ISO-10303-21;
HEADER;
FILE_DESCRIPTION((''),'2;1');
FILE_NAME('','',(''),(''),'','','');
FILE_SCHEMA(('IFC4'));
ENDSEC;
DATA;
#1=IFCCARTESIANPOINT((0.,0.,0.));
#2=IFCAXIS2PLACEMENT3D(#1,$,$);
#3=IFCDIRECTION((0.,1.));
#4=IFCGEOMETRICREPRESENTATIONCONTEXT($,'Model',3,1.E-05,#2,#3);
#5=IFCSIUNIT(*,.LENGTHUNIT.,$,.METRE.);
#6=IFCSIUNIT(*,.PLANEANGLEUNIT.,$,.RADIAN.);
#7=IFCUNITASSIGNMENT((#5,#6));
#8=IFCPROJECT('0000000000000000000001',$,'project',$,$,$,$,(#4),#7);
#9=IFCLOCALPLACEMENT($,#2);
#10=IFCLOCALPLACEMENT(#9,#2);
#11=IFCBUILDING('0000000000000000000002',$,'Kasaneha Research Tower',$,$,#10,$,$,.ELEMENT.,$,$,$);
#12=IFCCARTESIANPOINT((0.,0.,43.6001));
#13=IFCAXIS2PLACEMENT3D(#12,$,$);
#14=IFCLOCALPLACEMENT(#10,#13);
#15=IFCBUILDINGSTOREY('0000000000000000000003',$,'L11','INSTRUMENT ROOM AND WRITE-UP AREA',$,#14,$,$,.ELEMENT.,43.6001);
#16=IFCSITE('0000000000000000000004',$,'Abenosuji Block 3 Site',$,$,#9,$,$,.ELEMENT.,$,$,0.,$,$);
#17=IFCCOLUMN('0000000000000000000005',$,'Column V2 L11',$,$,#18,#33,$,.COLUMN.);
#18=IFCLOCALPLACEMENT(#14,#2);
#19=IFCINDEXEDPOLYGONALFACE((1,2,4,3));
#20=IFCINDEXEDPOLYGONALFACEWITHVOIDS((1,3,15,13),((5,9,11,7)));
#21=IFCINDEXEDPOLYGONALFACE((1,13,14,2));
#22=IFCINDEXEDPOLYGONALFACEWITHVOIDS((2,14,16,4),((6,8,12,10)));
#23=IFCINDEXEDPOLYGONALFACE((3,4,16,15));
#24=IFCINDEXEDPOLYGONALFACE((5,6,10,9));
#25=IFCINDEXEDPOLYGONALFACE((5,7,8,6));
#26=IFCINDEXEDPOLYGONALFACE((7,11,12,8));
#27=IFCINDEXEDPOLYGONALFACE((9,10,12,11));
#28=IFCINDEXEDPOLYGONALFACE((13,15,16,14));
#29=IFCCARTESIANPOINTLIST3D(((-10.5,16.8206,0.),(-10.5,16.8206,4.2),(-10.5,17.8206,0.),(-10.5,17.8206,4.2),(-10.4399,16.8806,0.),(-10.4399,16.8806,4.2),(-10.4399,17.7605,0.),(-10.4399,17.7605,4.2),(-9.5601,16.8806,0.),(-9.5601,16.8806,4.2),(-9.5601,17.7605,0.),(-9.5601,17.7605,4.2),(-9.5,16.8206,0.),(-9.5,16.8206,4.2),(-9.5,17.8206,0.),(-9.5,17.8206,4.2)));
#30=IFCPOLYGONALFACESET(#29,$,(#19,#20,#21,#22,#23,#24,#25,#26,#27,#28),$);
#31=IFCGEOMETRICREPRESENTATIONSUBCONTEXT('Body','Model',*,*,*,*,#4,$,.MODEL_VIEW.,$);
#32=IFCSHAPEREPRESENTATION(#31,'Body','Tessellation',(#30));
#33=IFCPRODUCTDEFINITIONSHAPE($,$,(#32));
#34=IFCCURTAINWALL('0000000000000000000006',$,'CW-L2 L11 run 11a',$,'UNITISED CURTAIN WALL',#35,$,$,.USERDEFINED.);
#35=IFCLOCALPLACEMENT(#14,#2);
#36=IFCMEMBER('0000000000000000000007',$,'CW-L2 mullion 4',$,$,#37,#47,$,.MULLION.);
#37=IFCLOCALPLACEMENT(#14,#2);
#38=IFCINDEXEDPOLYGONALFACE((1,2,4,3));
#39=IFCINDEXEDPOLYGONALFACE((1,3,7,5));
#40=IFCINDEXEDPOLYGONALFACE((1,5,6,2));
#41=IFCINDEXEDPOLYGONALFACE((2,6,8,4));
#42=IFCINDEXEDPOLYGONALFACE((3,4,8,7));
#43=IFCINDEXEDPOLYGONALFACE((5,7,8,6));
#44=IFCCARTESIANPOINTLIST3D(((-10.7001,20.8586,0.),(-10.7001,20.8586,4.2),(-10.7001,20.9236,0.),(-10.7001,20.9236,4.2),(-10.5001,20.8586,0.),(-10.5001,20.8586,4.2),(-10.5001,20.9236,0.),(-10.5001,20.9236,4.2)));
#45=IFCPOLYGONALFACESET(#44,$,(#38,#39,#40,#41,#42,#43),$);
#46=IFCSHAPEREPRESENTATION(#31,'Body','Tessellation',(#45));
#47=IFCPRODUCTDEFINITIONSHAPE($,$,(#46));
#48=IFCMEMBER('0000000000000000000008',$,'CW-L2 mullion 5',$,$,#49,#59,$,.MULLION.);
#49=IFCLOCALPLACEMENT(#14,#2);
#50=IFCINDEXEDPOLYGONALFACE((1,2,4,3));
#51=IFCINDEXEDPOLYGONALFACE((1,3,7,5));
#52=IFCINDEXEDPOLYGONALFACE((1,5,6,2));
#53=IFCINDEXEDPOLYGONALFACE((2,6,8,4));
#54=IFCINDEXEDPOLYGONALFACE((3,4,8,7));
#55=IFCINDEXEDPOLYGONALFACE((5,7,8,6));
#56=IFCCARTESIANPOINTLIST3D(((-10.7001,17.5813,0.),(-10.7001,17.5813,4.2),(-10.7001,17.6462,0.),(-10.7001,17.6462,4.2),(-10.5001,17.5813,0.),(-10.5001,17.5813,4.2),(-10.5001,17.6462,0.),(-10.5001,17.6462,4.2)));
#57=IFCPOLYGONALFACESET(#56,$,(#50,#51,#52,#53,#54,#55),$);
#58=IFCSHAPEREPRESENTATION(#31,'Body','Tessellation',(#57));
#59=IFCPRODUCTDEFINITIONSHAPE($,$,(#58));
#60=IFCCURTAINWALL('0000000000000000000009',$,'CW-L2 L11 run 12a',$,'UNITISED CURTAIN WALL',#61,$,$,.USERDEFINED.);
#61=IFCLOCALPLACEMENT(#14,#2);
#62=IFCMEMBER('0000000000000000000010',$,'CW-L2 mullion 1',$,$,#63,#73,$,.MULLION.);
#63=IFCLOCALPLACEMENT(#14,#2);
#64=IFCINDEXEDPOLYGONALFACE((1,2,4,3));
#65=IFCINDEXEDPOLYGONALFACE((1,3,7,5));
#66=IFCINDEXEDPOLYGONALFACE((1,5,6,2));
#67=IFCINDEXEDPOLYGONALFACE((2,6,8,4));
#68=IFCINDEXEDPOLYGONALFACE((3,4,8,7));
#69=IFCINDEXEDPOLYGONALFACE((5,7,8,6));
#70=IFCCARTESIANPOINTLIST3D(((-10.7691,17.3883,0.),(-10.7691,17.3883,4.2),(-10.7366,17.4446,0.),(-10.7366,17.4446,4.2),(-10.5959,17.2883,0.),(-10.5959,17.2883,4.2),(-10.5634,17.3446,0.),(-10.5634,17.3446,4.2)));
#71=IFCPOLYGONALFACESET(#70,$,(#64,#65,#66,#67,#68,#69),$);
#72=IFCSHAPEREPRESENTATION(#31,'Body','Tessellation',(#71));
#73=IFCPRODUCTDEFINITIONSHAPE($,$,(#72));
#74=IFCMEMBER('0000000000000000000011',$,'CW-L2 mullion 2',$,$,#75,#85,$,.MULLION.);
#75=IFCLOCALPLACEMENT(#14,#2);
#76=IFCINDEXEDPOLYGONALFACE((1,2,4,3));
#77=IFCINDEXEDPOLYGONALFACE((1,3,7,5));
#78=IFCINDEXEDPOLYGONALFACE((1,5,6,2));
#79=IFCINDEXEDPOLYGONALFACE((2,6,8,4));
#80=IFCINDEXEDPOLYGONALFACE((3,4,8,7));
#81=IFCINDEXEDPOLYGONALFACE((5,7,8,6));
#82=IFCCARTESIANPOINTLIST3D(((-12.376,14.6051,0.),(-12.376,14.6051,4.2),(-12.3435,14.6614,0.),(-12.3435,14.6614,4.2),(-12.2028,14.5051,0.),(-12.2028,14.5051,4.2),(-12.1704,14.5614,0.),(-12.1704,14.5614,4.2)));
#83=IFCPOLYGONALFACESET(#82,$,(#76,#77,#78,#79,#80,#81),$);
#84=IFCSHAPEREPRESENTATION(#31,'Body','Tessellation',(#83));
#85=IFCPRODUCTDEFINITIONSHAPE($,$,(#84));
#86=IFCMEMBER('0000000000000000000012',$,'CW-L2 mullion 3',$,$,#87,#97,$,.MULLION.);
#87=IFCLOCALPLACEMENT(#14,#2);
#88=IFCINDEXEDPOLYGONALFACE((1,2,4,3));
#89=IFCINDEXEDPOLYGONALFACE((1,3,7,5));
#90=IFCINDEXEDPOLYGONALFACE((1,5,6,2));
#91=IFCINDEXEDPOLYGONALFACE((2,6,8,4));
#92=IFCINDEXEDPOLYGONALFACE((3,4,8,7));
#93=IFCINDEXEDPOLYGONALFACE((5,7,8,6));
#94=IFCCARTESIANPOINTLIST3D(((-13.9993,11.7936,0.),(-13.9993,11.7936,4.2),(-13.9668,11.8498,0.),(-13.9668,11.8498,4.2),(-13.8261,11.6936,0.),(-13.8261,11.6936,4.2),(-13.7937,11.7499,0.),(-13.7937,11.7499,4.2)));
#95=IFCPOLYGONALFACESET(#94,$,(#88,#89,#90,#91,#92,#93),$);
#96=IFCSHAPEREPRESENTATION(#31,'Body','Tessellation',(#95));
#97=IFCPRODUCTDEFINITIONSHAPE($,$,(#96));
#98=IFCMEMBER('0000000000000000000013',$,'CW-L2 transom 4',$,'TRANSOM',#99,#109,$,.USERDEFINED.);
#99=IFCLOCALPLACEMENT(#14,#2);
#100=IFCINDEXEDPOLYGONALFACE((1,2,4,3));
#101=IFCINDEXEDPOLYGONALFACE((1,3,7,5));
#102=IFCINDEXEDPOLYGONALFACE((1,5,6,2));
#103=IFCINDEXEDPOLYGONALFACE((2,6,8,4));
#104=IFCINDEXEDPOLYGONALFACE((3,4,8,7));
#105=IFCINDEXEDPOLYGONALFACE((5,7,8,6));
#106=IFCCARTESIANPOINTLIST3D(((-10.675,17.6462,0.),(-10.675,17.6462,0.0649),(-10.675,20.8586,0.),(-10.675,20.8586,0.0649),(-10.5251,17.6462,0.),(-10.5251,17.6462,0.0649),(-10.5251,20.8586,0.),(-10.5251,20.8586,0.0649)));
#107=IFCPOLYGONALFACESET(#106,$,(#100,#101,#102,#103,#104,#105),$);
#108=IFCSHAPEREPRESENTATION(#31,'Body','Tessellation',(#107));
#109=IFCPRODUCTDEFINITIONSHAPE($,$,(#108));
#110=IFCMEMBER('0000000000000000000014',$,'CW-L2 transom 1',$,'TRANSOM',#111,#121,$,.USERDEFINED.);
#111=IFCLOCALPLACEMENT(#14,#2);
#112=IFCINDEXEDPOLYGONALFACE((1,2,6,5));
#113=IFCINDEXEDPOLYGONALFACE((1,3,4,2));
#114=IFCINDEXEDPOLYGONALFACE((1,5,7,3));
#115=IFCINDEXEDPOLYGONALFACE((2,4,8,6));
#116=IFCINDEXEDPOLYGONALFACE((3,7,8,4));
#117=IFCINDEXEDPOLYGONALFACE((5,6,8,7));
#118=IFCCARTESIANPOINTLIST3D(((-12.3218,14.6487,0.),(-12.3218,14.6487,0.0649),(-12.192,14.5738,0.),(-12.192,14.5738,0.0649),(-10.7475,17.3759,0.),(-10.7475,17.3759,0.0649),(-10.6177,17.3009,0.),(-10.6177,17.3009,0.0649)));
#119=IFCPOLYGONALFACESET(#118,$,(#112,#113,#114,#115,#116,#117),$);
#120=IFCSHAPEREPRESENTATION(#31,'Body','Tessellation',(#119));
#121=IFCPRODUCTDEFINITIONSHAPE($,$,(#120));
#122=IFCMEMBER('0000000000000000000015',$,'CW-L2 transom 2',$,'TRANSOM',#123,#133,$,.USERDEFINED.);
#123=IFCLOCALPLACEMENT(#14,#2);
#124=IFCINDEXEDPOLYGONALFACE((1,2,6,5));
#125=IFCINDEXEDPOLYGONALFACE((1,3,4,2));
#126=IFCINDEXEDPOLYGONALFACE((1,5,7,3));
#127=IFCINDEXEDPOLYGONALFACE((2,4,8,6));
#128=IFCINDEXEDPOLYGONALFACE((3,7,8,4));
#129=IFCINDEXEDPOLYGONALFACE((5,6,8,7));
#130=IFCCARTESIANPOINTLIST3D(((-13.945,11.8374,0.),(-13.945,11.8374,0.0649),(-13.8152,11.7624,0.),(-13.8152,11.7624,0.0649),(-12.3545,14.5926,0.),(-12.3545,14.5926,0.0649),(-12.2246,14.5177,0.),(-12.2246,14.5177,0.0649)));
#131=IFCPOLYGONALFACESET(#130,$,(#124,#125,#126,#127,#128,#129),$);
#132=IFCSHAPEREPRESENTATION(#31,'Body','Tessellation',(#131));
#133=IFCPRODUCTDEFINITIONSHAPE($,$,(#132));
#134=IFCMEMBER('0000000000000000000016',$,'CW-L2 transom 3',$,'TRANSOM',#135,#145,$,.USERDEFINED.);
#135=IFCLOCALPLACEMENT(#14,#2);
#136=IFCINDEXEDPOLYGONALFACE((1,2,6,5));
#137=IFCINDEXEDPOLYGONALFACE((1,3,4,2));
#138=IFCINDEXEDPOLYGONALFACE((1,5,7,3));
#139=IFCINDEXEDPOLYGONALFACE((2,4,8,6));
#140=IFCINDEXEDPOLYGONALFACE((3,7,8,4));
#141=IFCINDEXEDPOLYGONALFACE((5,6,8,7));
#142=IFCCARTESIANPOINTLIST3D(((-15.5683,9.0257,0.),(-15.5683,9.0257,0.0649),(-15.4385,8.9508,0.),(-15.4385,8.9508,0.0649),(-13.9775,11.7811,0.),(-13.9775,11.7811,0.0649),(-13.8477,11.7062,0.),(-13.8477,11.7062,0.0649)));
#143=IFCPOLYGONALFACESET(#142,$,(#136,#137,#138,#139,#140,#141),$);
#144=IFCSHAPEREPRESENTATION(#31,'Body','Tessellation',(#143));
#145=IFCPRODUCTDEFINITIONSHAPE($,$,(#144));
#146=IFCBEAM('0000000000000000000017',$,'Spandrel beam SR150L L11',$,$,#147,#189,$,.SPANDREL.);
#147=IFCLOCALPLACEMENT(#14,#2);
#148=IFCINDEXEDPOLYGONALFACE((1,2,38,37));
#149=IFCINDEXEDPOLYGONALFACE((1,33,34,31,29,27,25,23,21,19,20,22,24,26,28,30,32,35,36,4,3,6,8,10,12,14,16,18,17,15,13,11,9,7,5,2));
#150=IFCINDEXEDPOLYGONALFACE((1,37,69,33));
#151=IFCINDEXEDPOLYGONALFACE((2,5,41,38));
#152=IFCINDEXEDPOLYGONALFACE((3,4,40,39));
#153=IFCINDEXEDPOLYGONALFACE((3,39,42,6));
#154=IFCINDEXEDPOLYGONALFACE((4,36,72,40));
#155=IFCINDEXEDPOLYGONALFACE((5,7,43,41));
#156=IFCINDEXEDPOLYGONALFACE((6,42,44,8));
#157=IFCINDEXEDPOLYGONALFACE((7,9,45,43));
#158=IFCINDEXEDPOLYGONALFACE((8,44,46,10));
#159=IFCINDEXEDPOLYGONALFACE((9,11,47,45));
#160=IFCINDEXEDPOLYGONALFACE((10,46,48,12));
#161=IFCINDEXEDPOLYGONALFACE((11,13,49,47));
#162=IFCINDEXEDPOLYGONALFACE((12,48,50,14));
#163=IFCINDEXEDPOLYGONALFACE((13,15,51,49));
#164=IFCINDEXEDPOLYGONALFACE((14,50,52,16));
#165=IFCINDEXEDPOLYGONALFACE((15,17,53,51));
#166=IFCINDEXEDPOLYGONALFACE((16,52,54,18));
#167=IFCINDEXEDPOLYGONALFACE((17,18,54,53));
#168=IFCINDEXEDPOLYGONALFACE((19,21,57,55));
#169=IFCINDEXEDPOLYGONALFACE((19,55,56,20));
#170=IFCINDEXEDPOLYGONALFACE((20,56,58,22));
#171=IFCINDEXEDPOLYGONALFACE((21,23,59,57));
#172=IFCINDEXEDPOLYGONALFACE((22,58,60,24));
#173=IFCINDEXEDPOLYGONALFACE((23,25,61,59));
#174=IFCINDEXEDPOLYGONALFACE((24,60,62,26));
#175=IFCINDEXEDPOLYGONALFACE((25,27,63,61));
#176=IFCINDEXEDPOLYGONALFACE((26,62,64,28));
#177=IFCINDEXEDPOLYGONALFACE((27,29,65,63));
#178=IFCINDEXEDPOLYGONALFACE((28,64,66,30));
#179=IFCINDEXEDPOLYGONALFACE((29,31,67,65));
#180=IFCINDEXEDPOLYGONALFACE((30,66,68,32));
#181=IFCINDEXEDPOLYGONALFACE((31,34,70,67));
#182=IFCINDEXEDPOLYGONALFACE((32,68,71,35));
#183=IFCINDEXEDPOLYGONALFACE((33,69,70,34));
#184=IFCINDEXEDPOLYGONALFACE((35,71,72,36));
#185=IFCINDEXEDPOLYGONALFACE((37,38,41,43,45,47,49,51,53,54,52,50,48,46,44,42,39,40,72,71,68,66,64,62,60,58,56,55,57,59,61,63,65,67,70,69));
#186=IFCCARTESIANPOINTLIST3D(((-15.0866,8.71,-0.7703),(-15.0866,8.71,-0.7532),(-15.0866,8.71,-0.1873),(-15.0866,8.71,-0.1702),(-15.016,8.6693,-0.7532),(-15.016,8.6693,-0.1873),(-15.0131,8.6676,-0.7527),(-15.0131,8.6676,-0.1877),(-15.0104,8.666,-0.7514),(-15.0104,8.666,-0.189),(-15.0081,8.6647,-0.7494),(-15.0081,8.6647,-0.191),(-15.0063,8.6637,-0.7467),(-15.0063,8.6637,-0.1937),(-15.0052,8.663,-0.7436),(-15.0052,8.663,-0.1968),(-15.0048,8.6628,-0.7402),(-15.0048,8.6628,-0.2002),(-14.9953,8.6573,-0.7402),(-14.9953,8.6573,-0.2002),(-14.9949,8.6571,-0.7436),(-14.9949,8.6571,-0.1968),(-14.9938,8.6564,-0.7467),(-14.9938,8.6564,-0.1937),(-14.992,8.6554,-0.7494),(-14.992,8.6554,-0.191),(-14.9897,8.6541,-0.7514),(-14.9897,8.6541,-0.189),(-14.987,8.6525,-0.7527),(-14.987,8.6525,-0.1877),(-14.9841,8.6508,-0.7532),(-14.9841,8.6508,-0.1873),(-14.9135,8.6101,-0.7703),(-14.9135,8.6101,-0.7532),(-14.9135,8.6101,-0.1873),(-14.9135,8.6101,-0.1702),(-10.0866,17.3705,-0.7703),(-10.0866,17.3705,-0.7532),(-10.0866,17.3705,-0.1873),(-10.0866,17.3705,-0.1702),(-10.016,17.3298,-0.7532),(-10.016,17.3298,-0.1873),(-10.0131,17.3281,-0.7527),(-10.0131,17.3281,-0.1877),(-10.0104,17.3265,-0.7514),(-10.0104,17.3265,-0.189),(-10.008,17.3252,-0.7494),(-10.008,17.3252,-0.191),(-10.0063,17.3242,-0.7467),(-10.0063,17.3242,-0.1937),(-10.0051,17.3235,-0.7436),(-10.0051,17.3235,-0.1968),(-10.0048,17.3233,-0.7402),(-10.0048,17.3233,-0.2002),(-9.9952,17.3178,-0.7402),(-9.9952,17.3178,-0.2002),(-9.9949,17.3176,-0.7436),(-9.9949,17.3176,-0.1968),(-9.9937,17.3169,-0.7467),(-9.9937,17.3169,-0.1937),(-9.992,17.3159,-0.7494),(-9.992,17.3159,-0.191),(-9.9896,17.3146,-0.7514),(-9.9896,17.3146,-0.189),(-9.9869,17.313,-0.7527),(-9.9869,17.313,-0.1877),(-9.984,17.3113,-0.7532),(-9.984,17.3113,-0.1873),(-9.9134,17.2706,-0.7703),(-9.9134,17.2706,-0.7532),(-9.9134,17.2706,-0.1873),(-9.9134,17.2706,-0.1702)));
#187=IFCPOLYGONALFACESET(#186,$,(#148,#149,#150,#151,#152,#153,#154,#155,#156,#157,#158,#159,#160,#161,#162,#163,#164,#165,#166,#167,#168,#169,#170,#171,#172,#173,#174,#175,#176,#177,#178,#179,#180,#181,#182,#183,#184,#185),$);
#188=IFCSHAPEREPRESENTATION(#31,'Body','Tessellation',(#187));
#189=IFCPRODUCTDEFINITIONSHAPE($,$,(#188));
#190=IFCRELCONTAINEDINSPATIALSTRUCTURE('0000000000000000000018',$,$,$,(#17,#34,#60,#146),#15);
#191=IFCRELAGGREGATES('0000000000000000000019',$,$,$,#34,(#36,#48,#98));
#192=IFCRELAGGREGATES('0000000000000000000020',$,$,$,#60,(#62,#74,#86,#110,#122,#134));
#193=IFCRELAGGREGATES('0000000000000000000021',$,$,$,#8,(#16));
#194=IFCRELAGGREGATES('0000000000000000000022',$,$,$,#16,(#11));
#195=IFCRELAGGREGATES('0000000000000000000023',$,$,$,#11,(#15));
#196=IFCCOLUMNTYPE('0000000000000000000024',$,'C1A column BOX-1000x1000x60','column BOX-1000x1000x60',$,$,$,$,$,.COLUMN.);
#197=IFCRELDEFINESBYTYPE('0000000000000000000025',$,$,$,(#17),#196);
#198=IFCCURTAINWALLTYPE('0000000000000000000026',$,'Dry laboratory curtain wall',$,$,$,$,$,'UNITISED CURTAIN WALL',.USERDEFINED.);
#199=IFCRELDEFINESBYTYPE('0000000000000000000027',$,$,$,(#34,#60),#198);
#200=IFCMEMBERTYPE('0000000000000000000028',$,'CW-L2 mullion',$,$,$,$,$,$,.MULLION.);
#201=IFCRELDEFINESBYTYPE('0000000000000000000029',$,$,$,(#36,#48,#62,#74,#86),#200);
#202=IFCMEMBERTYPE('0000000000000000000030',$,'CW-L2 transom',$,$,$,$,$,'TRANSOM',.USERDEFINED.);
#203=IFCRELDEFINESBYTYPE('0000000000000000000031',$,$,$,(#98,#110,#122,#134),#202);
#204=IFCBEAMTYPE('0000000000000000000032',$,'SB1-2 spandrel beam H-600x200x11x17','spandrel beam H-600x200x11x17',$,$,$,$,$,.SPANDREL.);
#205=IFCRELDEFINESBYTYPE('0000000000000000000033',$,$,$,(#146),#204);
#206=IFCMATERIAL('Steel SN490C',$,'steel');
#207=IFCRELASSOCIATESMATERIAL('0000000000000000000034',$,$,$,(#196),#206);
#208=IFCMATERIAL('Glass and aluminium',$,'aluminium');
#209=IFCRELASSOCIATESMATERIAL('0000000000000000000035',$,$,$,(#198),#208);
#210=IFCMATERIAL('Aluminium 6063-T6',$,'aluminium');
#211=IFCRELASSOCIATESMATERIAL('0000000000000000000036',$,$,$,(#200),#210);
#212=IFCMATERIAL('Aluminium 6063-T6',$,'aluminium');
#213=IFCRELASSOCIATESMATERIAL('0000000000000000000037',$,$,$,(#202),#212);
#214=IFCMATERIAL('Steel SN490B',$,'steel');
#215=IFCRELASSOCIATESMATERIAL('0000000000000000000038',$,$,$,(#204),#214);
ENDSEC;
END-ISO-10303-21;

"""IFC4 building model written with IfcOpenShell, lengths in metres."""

from ifc_helpers import new_model, si_unit, direction, frame, origin, origin_2d, place, context, subcontext, project, spatial, rectangle, hollow_rectangle, i_section, extrude, material, material_profile, profile_set, type_object, element, aggregate, save


model = new_model("IFC4")

# Units and contexts
model_context = context("Model", 3, precision=1e-05, world=origin(), true_north=direction((0.0, 1.0)))
body_context = subcontext(model_context, "Body", "Model", "MODEL_VIEW")
ifc_project = project(units=[si_unit("LENGTHUNIT", "METRE"), si_unit("PLANEANGLEUNIT", "RADIAN")], contexts=[model_context])

# Site, building, storey
site_placement = place(None, origin())
site = spatial("IfcSite", under=ifc_project, at=site_placement, Name="Abenosuji Block 3 Site", CompositionType="ELEMENT", RefElevation=0.0)
building_placement = place(site_placement, origin())
building = spatial("IfcBuilding", under=site, at=building_placement, Name="Kasaneha Research Tower", CompositionType="ELEMENT")
storey_placement = place(building_placement, frame((0.0, 0.0, 43.6001)))
storey = spatial("IfcBuildingStorey", under=building, at=storey_placement, Name="L11", Description="INSTRUMENT ROOM AND WRITE-UP AREA", CompositionType="ELEMENT", Elevation=43.6001)

# Column
ifc_material_1 = material(Name="Steel SN490C", Category="steel")
ifc_material_profile_1 = material_profile(ifc_material_1, hollow_rectangle(XDim=1.0, YDim=1.0, WallThickness=0.0601, at=origin_2d()), Name="BOX-1000x1000x60")
ifc_profile_set_1 = profile_set([ifc_material_profile_1], Name="Steel SN490C")
column_type = type_object("IfcColumnType", Name="C1A column BOX-1000x1000x60", Description="column BOX-1000x1000x60", PredefinedType="COLUMN", material=ifc_profile_set_1)
column_placement = place(storey_placement, frame((-10.0, 17.3206, 0.0), z_axis=(0.0, 0.0, 1.0), x_axis=(1.0, 0.0, 0.0)))
element("IfcColumn", 1, at=column_placement, inside=storey, type_object=column_type, Name="Column V2 L11", PredefinedType="COLUMN", context=body_context, shape_type="SweptSolid", body=[
    extrude(hollow_rectangle(XDim=1.0, YDim=1.0, WallThickness=0.0601, at=origin_2d()), origin(), (0.0, 0.0, 1.0), 4.2),
])

# Curtain walls, members
ifc_material_2 = material(Name="Glass and aluminium", Category="aluminium")
curtain_wall_type = type_object("IfcCurtainWallType", Name="Dry laboratory curtain wall", ElementType="UNITISED CURTAIN WALL", PredefinedType="USERDEFINED", material=ifc_material_2)
curtain_wall_1_placement = place(storey_placement, origin())
curtain_wall_1 = element("IfcCurtainWall", 2, at=curtain_wall_1_placement, inside=storey, type_object=curtain_wall_type, Name="CW-L2 L11 run 11a", ObjectType="UNITISED CURTAIN WALL", PredefinedType="USERDEFINED")
ifc_material_3 = material(Name="Aluminium 6063-T6", Category="aluminium")
ifc_material_profile_2 = material_profile(ifc_material_3, rectangle(XDim=0.0649, YDim=0.2, at=origin_2d()), Name="CW-L2 mullion 65x200")
ifc_profile_set_2 = profile_set([ifc_material_profile_2], Name="Aluminium 6063-T6")
member_type_1 = type_object("IfcMemberType", Name="CW-L2 mullion", PredefinedType="MULLION", material=ifc_profile_set_2)
member_1_placement = place(storey_placement, frame((-10.6001, 20.8911, 0.0), z_axis=(0.0, 0.0, 1.0), x_axis=(0.0, -1.0, 0.0)))
member_1 = element("IfcMember", 3, at=member_1_placement, type_object=member_type_1, Name="CW-L2 mullion 4", PredefinedType="MULLION", context=body_context, shape_type="SweptSolid", body=[
    extrude(rectangle(XDim=0.0649, YDim=0.2, at=origin_2d()), origin(), (0.0, 0.0, 1.0), 4.2),
])
member_2_placement = place(storey_placement, frame((-10.6001, 17.6138, 0.0), z_axis=(0.0, 0.0, 1.0), x_axis=(0.0, -1.0, 0.0)))
member_2 = element("IfcMember", 4, at=member_2_placement, type_object=member_type_1, Name="CW-L2 mullion 5", PredefinedType="MULLION", context=body_context, shape_type="SweptSolid", body=[
    extrude(rectangle(XDim=0.0649, YDim=0.2, at=origin_2d()), origin(), (0.0, 0.0, 1.0), 4.2),
])
curtain_wall_2_placement = place(storey_placement, origin())
curtain_wall_2 = element("IfcCurtainWall", 5, at=curtain_wall_2_placement, inside=storey, type_object=curtain_wall_type, Name="CW-L2 L11 run 12a", ObjectType="UNITISED CURTAIN WALL", PredefinedType="USERDEFINED")
member_3_placement = place(storey_placement, frame((-10.6663, 17.3665, 0.0), z_axis=(0.0, 0.0, 1.0), x_axis=(-0.5, -0.866025, 0.0)))
member_3 = element("IfcMember", 6, at=member_3_placement, type_object=member_type_1, Name="CW-L2 mullion 1", PredefinedType="MULLION", context=body_context, shape_type="SweptSolid", body=[
    extrude(rectangle(XDim=0.0649, YDim=0.2, at=origin_2d()), origin(), (0.0, 0.0, 1.0), 4.2),
])
member_4_placement = place(storey_placement, frame((-12.2732, 14.5833, 0.0), z_axis=(0.0, 0.0, 1.0), x_axis=(-0.5, -0.866025, 0.0)))
member_4 = element("IfcMember", 7, at=member_4_placement, type_object=member_type_1, Name="CW-L2 mullion 2", PredefinedType="MULLION", context=body_context, shape_type="SweptSolid", body=[
    extrude(rectangle(XDim=0.0649, YDim=0.2, at=origin_2d()), origin(), (0.0, 0.0, 1.0), 4.2),
])
member_5_placement = place(storey_placement, frame((-13.8965, 11.7717, 0.0), z_axis=(0.0, 0.0, 1.0), x_axis=(-0.5, -0.866025, 0.0)))
member_5 = element("IfcMember", 8, at=member_5_placement, type_object=member_type_1, Name="CW-L2 mullion 3", PredefinedType="MULLION", context=body_context, shape_type="SweptSolid", body=[
    extrude(rectangle(XDim=0.0649, YDim=0.2, at=origin_2d()), origin(), (0.0, 0.0, 1.0), 4.2),
])

# Members
ifc_material_4 = material(Name="Aluminium 6063-T6", Category="aluminium")
ifc_material_profile_3 = material_profile(ifc_material_4, rectangle(XDim=0.1499, YDim=0.0649, at=origin_2d()), Name="CW-L2 transom 150x65")
ifc_profile_set_3 = profile_set([ifc_material_profile_3], Name="Aluminium 6063-T6")
member_type_2 = type_object("IfcMemberType", Name="CW-L2 transom", ElementType="TRANSOM", PredefinedType="USERDEFINED", material=ifc_profile_set_3)
member_6_placement = place(storey_placement, frame((-10.6001, 20.8586, 0.0325), z_axis=(0.0, -1.0, 0.0), x_axis=(1.0, 0.0, 0.0)))
member_6 = element("IfcMember", 9, at=member_6_placement, type_object=member_type_2, Name="CW-L2 transom 4", ObjectType="TRANSOM", PredefinedType="USERDEFINED", context=body_context, shape_type="SweptSolid", body=[
    extrude(rectangle(XDim=0.1499, YDim=0.0649, at=origin_2d()), origin(), (0.0, 0.0, 1.0), 3.2124),
])
member_7_placement = place(storey_placement, frame((-10.6826, 17.3384, 0.0325), z_axis=(-0.499942, -0.866059, 0.0), x_axis=(0.866059, -0.499942, 0.0)))
member_7 = element("IfcMember", 10, at=member_7_placement, type_object=member_type_2, Name="CW-L2 transom 1", ObjectType="TRANSOM", PredefinedType="USERDEFINED", context=body_context, shape_type="SweptSolid", body=[
    extrude(rectangle(XDim=0.1499, YDim=0.0649, at=origin_2d()), origin(), (0.0, 0.0, 1.0), 3.1489),
])
member_8_placement = place(storey_placement, frame((-12.2896, 14.5552, 0.0325), z_axis=(-0.499944, -0.866058, 0.0), x_axis=(0.866058, -0.499944, 0.0)))
member_8 = element("IfcMember", 11, at=member_8_placement, type_object=member_type_2, Name="CW-L2 transom 2", ObjectType="TRANSOM", PredefinedType="USERDEFINED", context=body_context, shape_type="SweptSolid", body=[
    extrude(rectangle(XDim=0.1499, YDim=0.0649, at=origin_2d()), origin(), (0.0, 0.0, 1.0), 3.1814),
])
member_9_placement = place(storey_placement, frame((-13.9126, 11.7437, 0.0325), z_axis=(-0.500001, -0.866025, 0.0), x_axis=(0.866025, -0.500001, 0.0)))
member_9 = element("IfcMember", 12, at=member_9_placement, type_object=member_type_2, Name="CW-L2 transom 3", ObjectType="TRANSOM", PredefinedType="USERDEFINED", context=body_context, shape_type="SweptSolid", body=[
    extrude(rectangle(XDim=0.1499, YDim=0.0649, at=origin_2d()), origin(), (0.0, 0.0, 1.0), 3.1816),
])

# Beam
ifc_material_5 = material(Name="Steel SN490B", Category="steel")
ifc_material_profile_4 = material_profile(ifc_material_5, i_section(OverallWidth=0.2, OverallDepth=0.6001, WebThickness=0.011, FlangeThickness=0.0171, FilletRadius=0.0129, at=origin_2d()), Name="H-600x200x11x17")
ifc_profile_set_4 = profile_set([ifc_material_profile_4], Name="Steel SN490B")
beam_type = type_object("IfcBeamType", Name="SB1-2 spandrel beam H-600x200x11x17", Description="spandrel beam H-600x200x11x17", PredefinedType="SPANDREL", material=ifc_profile_set_4)
beam_placement = place(storey_placement, frame((-10.0, 17.3206, -0.4702), z_axis=(-0.499994, -0.866029, 0.0), x_axis=(0.866029, -0.499994, 0.0)))
element("IfcBeam", 13, at=beam_placement, inside=storey, type_object=beam_type, Name="Spandrel beam SR150L L11", PredefinedType="SPANDREL", context=body_context, shape_type="SweptSolid", body=[
    extrude(i_section(OverallWidth=0.2, OverallDepth=0.6001, WebThickness=0.011, FlangeThickness=0.0171, FilletRadius=0.0129, at=origin_2d()), origin(), (0.0, 0.0, 1.0), 10.0002),
])

aggregate(curtain_wall_1, [member_1, member_2, member_6])
aggregate(curtain_wall_2, [member_3, member_4, member_5, member_7, member_8, member_9])

save(model, "model.ifc")
